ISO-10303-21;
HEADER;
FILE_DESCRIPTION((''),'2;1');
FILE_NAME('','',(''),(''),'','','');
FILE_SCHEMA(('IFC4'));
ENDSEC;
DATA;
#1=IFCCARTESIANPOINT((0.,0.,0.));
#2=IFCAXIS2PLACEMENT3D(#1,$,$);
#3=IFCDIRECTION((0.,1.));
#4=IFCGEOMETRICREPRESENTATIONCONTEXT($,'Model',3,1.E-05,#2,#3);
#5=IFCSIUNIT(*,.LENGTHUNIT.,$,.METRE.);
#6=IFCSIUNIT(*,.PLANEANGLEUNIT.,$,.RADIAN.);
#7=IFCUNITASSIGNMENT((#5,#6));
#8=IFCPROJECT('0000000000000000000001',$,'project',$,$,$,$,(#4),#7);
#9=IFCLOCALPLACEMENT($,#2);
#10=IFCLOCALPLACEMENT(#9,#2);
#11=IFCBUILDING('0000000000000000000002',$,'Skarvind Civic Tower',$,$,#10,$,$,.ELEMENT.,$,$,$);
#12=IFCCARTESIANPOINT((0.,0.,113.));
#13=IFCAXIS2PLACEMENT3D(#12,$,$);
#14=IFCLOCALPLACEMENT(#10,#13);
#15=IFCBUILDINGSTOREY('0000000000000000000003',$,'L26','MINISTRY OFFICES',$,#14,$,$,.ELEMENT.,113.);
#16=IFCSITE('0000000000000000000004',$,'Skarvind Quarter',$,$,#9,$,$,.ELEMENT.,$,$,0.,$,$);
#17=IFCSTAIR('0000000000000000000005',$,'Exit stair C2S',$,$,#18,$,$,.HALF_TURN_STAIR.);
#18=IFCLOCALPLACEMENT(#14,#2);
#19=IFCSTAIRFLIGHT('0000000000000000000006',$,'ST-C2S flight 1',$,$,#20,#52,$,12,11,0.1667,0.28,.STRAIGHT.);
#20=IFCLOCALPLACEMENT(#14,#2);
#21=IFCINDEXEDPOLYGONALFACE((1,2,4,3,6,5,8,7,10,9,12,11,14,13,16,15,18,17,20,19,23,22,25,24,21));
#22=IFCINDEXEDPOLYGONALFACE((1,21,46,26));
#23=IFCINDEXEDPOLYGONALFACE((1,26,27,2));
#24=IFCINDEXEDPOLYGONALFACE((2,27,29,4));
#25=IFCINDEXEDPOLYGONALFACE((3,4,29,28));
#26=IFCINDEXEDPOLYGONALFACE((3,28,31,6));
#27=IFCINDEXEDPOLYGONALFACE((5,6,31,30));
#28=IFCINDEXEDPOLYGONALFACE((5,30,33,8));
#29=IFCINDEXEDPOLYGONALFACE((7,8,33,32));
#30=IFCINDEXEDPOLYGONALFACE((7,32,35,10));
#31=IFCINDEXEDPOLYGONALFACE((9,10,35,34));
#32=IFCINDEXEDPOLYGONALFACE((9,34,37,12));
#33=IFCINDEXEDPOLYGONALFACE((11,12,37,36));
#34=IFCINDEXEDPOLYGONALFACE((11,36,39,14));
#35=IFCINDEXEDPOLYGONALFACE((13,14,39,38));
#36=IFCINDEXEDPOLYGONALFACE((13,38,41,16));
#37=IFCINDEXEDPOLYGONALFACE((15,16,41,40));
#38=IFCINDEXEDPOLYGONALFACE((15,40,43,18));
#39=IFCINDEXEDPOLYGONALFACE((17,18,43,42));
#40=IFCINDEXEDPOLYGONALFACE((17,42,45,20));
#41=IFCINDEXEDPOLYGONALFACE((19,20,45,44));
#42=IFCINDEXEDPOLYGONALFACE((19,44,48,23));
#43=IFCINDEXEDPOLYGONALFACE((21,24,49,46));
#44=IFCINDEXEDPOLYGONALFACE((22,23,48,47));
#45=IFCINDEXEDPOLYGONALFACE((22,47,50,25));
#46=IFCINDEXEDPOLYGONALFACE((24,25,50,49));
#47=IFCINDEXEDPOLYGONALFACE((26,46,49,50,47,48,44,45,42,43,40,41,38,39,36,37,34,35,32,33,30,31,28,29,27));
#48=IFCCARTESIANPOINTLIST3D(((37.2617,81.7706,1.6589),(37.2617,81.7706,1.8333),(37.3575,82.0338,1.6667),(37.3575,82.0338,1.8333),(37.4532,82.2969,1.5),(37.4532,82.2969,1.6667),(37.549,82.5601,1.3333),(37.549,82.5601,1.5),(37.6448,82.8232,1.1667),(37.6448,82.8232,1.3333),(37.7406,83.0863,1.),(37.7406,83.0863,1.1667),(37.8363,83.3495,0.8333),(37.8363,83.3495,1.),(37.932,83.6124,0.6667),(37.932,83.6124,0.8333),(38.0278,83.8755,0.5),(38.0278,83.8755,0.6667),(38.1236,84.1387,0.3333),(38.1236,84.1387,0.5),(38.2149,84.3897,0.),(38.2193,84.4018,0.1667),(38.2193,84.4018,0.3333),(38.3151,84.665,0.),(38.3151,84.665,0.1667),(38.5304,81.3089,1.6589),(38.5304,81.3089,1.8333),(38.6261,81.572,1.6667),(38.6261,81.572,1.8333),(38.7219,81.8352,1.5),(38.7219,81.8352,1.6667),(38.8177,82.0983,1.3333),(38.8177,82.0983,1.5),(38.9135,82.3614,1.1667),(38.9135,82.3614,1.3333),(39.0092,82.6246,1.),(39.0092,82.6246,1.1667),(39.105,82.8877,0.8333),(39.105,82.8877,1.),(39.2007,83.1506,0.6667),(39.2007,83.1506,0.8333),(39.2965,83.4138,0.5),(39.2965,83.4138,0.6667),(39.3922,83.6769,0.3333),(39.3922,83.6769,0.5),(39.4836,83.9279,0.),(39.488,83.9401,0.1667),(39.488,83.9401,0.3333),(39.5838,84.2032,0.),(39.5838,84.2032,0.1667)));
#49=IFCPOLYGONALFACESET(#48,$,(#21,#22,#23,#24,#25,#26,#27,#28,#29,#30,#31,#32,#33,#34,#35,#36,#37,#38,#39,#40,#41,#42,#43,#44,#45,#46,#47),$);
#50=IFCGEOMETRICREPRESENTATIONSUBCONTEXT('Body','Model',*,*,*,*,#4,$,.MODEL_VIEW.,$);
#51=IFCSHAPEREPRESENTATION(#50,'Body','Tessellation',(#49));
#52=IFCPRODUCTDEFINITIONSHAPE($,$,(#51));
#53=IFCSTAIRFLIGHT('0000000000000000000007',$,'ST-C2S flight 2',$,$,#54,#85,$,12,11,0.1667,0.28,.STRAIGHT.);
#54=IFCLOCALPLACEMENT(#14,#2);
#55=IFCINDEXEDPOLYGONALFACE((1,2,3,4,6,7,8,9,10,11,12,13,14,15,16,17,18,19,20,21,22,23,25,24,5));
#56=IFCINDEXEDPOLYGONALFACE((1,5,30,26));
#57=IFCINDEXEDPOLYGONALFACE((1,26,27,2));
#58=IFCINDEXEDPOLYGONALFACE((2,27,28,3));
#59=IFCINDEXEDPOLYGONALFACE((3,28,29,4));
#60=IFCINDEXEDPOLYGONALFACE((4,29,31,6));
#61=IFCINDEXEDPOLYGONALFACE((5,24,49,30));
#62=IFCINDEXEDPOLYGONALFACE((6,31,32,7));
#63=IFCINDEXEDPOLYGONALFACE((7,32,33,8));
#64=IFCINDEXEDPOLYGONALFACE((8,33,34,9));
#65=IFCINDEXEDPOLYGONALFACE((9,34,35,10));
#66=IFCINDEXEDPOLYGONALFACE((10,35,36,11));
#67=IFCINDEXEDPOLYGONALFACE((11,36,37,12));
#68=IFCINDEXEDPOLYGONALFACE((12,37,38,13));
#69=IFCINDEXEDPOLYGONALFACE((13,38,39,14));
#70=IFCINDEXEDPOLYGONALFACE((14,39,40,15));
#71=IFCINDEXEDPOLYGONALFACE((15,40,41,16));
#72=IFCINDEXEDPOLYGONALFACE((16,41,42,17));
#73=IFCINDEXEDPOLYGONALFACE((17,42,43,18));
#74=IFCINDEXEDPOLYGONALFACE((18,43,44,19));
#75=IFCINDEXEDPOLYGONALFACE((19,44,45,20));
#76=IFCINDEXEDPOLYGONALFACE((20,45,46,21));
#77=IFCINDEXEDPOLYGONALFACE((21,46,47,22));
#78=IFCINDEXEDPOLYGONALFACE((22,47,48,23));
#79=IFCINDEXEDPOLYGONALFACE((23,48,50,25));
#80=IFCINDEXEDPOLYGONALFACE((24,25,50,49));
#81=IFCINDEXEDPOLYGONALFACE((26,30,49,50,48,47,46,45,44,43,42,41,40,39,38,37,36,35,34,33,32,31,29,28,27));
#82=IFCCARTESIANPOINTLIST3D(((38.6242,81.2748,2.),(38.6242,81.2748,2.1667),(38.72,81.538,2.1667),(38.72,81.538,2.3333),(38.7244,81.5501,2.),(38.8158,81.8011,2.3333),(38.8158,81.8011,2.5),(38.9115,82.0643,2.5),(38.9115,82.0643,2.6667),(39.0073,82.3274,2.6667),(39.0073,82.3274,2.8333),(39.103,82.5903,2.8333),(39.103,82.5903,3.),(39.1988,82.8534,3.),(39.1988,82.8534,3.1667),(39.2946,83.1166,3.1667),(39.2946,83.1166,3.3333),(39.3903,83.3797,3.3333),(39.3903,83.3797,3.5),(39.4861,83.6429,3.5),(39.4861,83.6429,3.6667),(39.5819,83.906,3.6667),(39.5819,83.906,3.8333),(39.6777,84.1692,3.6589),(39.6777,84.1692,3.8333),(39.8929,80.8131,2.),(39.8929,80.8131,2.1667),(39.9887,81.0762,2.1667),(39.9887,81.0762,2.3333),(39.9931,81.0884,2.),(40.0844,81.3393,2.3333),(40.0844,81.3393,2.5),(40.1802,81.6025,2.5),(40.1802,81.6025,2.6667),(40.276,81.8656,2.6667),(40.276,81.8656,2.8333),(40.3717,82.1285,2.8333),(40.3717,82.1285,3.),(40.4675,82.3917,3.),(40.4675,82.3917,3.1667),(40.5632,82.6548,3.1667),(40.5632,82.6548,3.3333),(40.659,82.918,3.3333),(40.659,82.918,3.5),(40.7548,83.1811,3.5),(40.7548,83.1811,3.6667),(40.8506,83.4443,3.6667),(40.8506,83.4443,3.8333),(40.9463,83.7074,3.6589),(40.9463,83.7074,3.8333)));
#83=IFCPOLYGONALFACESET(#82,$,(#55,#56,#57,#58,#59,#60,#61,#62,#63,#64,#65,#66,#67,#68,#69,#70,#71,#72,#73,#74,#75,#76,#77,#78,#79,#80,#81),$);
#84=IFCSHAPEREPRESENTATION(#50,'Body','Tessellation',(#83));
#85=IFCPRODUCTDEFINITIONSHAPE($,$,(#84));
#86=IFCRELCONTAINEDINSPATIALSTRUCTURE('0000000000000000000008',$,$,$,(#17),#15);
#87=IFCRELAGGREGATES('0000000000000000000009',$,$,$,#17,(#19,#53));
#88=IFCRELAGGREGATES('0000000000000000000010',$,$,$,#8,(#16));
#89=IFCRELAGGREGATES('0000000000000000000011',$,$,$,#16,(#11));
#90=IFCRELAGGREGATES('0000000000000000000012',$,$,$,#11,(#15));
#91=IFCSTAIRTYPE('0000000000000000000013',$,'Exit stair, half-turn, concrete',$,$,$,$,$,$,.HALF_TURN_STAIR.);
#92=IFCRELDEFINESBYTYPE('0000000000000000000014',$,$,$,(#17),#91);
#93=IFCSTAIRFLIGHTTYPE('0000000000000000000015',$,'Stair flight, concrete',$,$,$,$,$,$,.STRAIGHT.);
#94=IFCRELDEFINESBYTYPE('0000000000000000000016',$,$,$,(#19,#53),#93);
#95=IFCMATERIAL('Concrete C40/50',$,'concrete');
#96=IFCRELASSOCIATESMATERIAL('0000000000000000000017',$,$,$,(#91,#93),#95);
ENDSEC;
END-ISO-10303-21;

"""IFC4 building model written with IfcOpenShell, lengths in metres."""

from ifc_helpers import new_model, si_unit, direction, frame, origin, place, context, subcontext, project, spatial, polyline, outline, extrude, material, type_object, element, aggregate, save


model = new_model("IFC4")

# Units and contexts
model_context = context("Model", 3, precision=1e-05, world=origin(), true_north=direction((0.0, 1.0)))
body_context = subcontext(model_context, "Body", "Model", "MODEL_VIEW")
ifc_project = project(units=[si_unit("LENGTHUNIT", "METRE"), si_unit("PLANEANGLEUNIT", "RADIAN")], contexts=[model_context])

# Site, building, storey
site_placement = place(None, origin())
site = spatial("IfcSite", under=ifc_project, at=site_placement, Name="Skarvind Quarter", CompositionType="ELEMENT", RefElevation=0.0)
building_placement = place(site_placement, origin())
building = spatial("IfcBuilding", under=site, at=building_placement, Name="Skarvind Civic Tower", CompositionType="ELEMENT")
storey_placement = place(building_placement, frame((0.0, 0.0, 113.0)))
storey = spatial("IfcBuildingStorey", under=building, at=storey_placement, Name="L26", Description="MINISTRY OFFICES", CompositionType="ELEMENT", Elevation=113.0)

# Shared definitions
ifc_material_1 = material(Name="Concrete C40/50", Category="concrete")

# Stair, stair flights
stair_type = type_object("IfcStairType", Name="Exit stair, half-turn, concrete", PredefinedType="HALF_TURN_STAIR", material=ifc_material_1)
stair_placement = place(storey_placement, origin())
stair = element("IfcStair", 1, at=stair_placement, inside=storey, type_object=stair_type, Name="Exit stair C2S", PredefinedType="HALF_TURN_STAIR")
stair_flight_type = type_object("IfcStairFlightType", Name="Stair flight, concrete", PredefinedType="STRAIGHT", material=ifc_material_1)
stair_flight_1_placement = place(storey_placement, frame((38.9495, 84.4341, 0.0), z_axis=(0.0, 0.0, 1.0), x_axis=(-0.34202, -0.939693, 0.0)))
stair_flight_1 = element("IfcStairFlight", 2, at=stair_flight_1_placement, type_object=stair_flight_type, Name="ST-C2S flight 1", NumberOfRisers=12, NumberOfTreads=11, PredefinedType="STRAIGHT", RiserHeight=0.1667, TreadLength=0.28, context=body_context, shape_type="SweptSolid", body=[
    extrude(outline(polyline([(0.0, 0.0), (0.0, 0.1667), (0.28, 0.1667), (0.28, 0.3333), (0.5601, 0.3333), (0.5601, 0.5), (0.8401, 0.5), (0.8401, 0.6667), (1.1201, 0.6667), (1.1201, 0.8333), (1.3999, 0.8333), (1.3999, 1.0), (1.6799, 1.0), (1.6799, 1.1667), (1.96, 1.1667), (1.96, 1.3333), (2.24, 1.3333), (2.24, 1.5), (2.52, 1.5), (2.52, 1.6667), (2.8, 1.6667), (2.8, 1.8333), (3.0801, 1.8333), (3.0801, 2.0), (3.0801, 1.6589), (0.293, 0.0), (0.0, 0.0)])), frame((0.0, 0.675, 0.0), z_axis=(0.0, -1.0, 0.0), x_axis=(1.0, 0.0, 0.0)), (0.0, 0.0, 1.0), 1.3501),
])
stair_flight_2_placement = place(storey_placement, frame((39.2585, 81.0439, 2.0), z_axis=(0.0, 0.0, 1.0), x_axis=(0.34202, 0.939693, 0.0)))
stair_flight_2 = element("IfcStairFlight", 3, at=stair_flight_2_placement, type_object=stair_flight_type, Name="ST-C2S flight 2", NumberOfRisers=12, NumberOfTreads=11, PredefinedType="STRAIGHT", RiserHeight=0.1667, TreadLength=0.28, context=body_context, shape_type="SweptSolid", body=[
    extrude(outline(polyline([(0.0, 0.0), (0.0, 0.1667), (0.28, 0.1667), (0.28, 0.3333), (0.5601, 0.3333), (0.5601, 0.5), (0.8401, 0.5), (0.8401, 0.6667), (1.1201, 0.6667), (1.1201, 0.8333), (1.3999, 0.8333), (1.3999, 1.0), (1.6799, 1.0), (1.6799, 1.1667), (1.96, 1.1667), (1.96, 1.3333), (2.24, 1.3333), (2.24, 1.5), (2.52, 1.5), (2.52, 1.6667), (2.8, 1.6667), (2.8, 1.8333), (3.0801, 1.8333), (3.0801, 2.0), (3.0801, 1.6589), (0.293, 0.0), (0.0, 0.0)])), frame((0.0, 0.675, 0.0), z_axis=(0.0, -1.0, 0.0), x_axis=(1.0, 0.0, 0.0)), (0.0, 0.0, 1.0), 1.3501),
])
aggregate(stair, [stair_flight_1, stair_flight_2])

save(model, "model.ifc")
